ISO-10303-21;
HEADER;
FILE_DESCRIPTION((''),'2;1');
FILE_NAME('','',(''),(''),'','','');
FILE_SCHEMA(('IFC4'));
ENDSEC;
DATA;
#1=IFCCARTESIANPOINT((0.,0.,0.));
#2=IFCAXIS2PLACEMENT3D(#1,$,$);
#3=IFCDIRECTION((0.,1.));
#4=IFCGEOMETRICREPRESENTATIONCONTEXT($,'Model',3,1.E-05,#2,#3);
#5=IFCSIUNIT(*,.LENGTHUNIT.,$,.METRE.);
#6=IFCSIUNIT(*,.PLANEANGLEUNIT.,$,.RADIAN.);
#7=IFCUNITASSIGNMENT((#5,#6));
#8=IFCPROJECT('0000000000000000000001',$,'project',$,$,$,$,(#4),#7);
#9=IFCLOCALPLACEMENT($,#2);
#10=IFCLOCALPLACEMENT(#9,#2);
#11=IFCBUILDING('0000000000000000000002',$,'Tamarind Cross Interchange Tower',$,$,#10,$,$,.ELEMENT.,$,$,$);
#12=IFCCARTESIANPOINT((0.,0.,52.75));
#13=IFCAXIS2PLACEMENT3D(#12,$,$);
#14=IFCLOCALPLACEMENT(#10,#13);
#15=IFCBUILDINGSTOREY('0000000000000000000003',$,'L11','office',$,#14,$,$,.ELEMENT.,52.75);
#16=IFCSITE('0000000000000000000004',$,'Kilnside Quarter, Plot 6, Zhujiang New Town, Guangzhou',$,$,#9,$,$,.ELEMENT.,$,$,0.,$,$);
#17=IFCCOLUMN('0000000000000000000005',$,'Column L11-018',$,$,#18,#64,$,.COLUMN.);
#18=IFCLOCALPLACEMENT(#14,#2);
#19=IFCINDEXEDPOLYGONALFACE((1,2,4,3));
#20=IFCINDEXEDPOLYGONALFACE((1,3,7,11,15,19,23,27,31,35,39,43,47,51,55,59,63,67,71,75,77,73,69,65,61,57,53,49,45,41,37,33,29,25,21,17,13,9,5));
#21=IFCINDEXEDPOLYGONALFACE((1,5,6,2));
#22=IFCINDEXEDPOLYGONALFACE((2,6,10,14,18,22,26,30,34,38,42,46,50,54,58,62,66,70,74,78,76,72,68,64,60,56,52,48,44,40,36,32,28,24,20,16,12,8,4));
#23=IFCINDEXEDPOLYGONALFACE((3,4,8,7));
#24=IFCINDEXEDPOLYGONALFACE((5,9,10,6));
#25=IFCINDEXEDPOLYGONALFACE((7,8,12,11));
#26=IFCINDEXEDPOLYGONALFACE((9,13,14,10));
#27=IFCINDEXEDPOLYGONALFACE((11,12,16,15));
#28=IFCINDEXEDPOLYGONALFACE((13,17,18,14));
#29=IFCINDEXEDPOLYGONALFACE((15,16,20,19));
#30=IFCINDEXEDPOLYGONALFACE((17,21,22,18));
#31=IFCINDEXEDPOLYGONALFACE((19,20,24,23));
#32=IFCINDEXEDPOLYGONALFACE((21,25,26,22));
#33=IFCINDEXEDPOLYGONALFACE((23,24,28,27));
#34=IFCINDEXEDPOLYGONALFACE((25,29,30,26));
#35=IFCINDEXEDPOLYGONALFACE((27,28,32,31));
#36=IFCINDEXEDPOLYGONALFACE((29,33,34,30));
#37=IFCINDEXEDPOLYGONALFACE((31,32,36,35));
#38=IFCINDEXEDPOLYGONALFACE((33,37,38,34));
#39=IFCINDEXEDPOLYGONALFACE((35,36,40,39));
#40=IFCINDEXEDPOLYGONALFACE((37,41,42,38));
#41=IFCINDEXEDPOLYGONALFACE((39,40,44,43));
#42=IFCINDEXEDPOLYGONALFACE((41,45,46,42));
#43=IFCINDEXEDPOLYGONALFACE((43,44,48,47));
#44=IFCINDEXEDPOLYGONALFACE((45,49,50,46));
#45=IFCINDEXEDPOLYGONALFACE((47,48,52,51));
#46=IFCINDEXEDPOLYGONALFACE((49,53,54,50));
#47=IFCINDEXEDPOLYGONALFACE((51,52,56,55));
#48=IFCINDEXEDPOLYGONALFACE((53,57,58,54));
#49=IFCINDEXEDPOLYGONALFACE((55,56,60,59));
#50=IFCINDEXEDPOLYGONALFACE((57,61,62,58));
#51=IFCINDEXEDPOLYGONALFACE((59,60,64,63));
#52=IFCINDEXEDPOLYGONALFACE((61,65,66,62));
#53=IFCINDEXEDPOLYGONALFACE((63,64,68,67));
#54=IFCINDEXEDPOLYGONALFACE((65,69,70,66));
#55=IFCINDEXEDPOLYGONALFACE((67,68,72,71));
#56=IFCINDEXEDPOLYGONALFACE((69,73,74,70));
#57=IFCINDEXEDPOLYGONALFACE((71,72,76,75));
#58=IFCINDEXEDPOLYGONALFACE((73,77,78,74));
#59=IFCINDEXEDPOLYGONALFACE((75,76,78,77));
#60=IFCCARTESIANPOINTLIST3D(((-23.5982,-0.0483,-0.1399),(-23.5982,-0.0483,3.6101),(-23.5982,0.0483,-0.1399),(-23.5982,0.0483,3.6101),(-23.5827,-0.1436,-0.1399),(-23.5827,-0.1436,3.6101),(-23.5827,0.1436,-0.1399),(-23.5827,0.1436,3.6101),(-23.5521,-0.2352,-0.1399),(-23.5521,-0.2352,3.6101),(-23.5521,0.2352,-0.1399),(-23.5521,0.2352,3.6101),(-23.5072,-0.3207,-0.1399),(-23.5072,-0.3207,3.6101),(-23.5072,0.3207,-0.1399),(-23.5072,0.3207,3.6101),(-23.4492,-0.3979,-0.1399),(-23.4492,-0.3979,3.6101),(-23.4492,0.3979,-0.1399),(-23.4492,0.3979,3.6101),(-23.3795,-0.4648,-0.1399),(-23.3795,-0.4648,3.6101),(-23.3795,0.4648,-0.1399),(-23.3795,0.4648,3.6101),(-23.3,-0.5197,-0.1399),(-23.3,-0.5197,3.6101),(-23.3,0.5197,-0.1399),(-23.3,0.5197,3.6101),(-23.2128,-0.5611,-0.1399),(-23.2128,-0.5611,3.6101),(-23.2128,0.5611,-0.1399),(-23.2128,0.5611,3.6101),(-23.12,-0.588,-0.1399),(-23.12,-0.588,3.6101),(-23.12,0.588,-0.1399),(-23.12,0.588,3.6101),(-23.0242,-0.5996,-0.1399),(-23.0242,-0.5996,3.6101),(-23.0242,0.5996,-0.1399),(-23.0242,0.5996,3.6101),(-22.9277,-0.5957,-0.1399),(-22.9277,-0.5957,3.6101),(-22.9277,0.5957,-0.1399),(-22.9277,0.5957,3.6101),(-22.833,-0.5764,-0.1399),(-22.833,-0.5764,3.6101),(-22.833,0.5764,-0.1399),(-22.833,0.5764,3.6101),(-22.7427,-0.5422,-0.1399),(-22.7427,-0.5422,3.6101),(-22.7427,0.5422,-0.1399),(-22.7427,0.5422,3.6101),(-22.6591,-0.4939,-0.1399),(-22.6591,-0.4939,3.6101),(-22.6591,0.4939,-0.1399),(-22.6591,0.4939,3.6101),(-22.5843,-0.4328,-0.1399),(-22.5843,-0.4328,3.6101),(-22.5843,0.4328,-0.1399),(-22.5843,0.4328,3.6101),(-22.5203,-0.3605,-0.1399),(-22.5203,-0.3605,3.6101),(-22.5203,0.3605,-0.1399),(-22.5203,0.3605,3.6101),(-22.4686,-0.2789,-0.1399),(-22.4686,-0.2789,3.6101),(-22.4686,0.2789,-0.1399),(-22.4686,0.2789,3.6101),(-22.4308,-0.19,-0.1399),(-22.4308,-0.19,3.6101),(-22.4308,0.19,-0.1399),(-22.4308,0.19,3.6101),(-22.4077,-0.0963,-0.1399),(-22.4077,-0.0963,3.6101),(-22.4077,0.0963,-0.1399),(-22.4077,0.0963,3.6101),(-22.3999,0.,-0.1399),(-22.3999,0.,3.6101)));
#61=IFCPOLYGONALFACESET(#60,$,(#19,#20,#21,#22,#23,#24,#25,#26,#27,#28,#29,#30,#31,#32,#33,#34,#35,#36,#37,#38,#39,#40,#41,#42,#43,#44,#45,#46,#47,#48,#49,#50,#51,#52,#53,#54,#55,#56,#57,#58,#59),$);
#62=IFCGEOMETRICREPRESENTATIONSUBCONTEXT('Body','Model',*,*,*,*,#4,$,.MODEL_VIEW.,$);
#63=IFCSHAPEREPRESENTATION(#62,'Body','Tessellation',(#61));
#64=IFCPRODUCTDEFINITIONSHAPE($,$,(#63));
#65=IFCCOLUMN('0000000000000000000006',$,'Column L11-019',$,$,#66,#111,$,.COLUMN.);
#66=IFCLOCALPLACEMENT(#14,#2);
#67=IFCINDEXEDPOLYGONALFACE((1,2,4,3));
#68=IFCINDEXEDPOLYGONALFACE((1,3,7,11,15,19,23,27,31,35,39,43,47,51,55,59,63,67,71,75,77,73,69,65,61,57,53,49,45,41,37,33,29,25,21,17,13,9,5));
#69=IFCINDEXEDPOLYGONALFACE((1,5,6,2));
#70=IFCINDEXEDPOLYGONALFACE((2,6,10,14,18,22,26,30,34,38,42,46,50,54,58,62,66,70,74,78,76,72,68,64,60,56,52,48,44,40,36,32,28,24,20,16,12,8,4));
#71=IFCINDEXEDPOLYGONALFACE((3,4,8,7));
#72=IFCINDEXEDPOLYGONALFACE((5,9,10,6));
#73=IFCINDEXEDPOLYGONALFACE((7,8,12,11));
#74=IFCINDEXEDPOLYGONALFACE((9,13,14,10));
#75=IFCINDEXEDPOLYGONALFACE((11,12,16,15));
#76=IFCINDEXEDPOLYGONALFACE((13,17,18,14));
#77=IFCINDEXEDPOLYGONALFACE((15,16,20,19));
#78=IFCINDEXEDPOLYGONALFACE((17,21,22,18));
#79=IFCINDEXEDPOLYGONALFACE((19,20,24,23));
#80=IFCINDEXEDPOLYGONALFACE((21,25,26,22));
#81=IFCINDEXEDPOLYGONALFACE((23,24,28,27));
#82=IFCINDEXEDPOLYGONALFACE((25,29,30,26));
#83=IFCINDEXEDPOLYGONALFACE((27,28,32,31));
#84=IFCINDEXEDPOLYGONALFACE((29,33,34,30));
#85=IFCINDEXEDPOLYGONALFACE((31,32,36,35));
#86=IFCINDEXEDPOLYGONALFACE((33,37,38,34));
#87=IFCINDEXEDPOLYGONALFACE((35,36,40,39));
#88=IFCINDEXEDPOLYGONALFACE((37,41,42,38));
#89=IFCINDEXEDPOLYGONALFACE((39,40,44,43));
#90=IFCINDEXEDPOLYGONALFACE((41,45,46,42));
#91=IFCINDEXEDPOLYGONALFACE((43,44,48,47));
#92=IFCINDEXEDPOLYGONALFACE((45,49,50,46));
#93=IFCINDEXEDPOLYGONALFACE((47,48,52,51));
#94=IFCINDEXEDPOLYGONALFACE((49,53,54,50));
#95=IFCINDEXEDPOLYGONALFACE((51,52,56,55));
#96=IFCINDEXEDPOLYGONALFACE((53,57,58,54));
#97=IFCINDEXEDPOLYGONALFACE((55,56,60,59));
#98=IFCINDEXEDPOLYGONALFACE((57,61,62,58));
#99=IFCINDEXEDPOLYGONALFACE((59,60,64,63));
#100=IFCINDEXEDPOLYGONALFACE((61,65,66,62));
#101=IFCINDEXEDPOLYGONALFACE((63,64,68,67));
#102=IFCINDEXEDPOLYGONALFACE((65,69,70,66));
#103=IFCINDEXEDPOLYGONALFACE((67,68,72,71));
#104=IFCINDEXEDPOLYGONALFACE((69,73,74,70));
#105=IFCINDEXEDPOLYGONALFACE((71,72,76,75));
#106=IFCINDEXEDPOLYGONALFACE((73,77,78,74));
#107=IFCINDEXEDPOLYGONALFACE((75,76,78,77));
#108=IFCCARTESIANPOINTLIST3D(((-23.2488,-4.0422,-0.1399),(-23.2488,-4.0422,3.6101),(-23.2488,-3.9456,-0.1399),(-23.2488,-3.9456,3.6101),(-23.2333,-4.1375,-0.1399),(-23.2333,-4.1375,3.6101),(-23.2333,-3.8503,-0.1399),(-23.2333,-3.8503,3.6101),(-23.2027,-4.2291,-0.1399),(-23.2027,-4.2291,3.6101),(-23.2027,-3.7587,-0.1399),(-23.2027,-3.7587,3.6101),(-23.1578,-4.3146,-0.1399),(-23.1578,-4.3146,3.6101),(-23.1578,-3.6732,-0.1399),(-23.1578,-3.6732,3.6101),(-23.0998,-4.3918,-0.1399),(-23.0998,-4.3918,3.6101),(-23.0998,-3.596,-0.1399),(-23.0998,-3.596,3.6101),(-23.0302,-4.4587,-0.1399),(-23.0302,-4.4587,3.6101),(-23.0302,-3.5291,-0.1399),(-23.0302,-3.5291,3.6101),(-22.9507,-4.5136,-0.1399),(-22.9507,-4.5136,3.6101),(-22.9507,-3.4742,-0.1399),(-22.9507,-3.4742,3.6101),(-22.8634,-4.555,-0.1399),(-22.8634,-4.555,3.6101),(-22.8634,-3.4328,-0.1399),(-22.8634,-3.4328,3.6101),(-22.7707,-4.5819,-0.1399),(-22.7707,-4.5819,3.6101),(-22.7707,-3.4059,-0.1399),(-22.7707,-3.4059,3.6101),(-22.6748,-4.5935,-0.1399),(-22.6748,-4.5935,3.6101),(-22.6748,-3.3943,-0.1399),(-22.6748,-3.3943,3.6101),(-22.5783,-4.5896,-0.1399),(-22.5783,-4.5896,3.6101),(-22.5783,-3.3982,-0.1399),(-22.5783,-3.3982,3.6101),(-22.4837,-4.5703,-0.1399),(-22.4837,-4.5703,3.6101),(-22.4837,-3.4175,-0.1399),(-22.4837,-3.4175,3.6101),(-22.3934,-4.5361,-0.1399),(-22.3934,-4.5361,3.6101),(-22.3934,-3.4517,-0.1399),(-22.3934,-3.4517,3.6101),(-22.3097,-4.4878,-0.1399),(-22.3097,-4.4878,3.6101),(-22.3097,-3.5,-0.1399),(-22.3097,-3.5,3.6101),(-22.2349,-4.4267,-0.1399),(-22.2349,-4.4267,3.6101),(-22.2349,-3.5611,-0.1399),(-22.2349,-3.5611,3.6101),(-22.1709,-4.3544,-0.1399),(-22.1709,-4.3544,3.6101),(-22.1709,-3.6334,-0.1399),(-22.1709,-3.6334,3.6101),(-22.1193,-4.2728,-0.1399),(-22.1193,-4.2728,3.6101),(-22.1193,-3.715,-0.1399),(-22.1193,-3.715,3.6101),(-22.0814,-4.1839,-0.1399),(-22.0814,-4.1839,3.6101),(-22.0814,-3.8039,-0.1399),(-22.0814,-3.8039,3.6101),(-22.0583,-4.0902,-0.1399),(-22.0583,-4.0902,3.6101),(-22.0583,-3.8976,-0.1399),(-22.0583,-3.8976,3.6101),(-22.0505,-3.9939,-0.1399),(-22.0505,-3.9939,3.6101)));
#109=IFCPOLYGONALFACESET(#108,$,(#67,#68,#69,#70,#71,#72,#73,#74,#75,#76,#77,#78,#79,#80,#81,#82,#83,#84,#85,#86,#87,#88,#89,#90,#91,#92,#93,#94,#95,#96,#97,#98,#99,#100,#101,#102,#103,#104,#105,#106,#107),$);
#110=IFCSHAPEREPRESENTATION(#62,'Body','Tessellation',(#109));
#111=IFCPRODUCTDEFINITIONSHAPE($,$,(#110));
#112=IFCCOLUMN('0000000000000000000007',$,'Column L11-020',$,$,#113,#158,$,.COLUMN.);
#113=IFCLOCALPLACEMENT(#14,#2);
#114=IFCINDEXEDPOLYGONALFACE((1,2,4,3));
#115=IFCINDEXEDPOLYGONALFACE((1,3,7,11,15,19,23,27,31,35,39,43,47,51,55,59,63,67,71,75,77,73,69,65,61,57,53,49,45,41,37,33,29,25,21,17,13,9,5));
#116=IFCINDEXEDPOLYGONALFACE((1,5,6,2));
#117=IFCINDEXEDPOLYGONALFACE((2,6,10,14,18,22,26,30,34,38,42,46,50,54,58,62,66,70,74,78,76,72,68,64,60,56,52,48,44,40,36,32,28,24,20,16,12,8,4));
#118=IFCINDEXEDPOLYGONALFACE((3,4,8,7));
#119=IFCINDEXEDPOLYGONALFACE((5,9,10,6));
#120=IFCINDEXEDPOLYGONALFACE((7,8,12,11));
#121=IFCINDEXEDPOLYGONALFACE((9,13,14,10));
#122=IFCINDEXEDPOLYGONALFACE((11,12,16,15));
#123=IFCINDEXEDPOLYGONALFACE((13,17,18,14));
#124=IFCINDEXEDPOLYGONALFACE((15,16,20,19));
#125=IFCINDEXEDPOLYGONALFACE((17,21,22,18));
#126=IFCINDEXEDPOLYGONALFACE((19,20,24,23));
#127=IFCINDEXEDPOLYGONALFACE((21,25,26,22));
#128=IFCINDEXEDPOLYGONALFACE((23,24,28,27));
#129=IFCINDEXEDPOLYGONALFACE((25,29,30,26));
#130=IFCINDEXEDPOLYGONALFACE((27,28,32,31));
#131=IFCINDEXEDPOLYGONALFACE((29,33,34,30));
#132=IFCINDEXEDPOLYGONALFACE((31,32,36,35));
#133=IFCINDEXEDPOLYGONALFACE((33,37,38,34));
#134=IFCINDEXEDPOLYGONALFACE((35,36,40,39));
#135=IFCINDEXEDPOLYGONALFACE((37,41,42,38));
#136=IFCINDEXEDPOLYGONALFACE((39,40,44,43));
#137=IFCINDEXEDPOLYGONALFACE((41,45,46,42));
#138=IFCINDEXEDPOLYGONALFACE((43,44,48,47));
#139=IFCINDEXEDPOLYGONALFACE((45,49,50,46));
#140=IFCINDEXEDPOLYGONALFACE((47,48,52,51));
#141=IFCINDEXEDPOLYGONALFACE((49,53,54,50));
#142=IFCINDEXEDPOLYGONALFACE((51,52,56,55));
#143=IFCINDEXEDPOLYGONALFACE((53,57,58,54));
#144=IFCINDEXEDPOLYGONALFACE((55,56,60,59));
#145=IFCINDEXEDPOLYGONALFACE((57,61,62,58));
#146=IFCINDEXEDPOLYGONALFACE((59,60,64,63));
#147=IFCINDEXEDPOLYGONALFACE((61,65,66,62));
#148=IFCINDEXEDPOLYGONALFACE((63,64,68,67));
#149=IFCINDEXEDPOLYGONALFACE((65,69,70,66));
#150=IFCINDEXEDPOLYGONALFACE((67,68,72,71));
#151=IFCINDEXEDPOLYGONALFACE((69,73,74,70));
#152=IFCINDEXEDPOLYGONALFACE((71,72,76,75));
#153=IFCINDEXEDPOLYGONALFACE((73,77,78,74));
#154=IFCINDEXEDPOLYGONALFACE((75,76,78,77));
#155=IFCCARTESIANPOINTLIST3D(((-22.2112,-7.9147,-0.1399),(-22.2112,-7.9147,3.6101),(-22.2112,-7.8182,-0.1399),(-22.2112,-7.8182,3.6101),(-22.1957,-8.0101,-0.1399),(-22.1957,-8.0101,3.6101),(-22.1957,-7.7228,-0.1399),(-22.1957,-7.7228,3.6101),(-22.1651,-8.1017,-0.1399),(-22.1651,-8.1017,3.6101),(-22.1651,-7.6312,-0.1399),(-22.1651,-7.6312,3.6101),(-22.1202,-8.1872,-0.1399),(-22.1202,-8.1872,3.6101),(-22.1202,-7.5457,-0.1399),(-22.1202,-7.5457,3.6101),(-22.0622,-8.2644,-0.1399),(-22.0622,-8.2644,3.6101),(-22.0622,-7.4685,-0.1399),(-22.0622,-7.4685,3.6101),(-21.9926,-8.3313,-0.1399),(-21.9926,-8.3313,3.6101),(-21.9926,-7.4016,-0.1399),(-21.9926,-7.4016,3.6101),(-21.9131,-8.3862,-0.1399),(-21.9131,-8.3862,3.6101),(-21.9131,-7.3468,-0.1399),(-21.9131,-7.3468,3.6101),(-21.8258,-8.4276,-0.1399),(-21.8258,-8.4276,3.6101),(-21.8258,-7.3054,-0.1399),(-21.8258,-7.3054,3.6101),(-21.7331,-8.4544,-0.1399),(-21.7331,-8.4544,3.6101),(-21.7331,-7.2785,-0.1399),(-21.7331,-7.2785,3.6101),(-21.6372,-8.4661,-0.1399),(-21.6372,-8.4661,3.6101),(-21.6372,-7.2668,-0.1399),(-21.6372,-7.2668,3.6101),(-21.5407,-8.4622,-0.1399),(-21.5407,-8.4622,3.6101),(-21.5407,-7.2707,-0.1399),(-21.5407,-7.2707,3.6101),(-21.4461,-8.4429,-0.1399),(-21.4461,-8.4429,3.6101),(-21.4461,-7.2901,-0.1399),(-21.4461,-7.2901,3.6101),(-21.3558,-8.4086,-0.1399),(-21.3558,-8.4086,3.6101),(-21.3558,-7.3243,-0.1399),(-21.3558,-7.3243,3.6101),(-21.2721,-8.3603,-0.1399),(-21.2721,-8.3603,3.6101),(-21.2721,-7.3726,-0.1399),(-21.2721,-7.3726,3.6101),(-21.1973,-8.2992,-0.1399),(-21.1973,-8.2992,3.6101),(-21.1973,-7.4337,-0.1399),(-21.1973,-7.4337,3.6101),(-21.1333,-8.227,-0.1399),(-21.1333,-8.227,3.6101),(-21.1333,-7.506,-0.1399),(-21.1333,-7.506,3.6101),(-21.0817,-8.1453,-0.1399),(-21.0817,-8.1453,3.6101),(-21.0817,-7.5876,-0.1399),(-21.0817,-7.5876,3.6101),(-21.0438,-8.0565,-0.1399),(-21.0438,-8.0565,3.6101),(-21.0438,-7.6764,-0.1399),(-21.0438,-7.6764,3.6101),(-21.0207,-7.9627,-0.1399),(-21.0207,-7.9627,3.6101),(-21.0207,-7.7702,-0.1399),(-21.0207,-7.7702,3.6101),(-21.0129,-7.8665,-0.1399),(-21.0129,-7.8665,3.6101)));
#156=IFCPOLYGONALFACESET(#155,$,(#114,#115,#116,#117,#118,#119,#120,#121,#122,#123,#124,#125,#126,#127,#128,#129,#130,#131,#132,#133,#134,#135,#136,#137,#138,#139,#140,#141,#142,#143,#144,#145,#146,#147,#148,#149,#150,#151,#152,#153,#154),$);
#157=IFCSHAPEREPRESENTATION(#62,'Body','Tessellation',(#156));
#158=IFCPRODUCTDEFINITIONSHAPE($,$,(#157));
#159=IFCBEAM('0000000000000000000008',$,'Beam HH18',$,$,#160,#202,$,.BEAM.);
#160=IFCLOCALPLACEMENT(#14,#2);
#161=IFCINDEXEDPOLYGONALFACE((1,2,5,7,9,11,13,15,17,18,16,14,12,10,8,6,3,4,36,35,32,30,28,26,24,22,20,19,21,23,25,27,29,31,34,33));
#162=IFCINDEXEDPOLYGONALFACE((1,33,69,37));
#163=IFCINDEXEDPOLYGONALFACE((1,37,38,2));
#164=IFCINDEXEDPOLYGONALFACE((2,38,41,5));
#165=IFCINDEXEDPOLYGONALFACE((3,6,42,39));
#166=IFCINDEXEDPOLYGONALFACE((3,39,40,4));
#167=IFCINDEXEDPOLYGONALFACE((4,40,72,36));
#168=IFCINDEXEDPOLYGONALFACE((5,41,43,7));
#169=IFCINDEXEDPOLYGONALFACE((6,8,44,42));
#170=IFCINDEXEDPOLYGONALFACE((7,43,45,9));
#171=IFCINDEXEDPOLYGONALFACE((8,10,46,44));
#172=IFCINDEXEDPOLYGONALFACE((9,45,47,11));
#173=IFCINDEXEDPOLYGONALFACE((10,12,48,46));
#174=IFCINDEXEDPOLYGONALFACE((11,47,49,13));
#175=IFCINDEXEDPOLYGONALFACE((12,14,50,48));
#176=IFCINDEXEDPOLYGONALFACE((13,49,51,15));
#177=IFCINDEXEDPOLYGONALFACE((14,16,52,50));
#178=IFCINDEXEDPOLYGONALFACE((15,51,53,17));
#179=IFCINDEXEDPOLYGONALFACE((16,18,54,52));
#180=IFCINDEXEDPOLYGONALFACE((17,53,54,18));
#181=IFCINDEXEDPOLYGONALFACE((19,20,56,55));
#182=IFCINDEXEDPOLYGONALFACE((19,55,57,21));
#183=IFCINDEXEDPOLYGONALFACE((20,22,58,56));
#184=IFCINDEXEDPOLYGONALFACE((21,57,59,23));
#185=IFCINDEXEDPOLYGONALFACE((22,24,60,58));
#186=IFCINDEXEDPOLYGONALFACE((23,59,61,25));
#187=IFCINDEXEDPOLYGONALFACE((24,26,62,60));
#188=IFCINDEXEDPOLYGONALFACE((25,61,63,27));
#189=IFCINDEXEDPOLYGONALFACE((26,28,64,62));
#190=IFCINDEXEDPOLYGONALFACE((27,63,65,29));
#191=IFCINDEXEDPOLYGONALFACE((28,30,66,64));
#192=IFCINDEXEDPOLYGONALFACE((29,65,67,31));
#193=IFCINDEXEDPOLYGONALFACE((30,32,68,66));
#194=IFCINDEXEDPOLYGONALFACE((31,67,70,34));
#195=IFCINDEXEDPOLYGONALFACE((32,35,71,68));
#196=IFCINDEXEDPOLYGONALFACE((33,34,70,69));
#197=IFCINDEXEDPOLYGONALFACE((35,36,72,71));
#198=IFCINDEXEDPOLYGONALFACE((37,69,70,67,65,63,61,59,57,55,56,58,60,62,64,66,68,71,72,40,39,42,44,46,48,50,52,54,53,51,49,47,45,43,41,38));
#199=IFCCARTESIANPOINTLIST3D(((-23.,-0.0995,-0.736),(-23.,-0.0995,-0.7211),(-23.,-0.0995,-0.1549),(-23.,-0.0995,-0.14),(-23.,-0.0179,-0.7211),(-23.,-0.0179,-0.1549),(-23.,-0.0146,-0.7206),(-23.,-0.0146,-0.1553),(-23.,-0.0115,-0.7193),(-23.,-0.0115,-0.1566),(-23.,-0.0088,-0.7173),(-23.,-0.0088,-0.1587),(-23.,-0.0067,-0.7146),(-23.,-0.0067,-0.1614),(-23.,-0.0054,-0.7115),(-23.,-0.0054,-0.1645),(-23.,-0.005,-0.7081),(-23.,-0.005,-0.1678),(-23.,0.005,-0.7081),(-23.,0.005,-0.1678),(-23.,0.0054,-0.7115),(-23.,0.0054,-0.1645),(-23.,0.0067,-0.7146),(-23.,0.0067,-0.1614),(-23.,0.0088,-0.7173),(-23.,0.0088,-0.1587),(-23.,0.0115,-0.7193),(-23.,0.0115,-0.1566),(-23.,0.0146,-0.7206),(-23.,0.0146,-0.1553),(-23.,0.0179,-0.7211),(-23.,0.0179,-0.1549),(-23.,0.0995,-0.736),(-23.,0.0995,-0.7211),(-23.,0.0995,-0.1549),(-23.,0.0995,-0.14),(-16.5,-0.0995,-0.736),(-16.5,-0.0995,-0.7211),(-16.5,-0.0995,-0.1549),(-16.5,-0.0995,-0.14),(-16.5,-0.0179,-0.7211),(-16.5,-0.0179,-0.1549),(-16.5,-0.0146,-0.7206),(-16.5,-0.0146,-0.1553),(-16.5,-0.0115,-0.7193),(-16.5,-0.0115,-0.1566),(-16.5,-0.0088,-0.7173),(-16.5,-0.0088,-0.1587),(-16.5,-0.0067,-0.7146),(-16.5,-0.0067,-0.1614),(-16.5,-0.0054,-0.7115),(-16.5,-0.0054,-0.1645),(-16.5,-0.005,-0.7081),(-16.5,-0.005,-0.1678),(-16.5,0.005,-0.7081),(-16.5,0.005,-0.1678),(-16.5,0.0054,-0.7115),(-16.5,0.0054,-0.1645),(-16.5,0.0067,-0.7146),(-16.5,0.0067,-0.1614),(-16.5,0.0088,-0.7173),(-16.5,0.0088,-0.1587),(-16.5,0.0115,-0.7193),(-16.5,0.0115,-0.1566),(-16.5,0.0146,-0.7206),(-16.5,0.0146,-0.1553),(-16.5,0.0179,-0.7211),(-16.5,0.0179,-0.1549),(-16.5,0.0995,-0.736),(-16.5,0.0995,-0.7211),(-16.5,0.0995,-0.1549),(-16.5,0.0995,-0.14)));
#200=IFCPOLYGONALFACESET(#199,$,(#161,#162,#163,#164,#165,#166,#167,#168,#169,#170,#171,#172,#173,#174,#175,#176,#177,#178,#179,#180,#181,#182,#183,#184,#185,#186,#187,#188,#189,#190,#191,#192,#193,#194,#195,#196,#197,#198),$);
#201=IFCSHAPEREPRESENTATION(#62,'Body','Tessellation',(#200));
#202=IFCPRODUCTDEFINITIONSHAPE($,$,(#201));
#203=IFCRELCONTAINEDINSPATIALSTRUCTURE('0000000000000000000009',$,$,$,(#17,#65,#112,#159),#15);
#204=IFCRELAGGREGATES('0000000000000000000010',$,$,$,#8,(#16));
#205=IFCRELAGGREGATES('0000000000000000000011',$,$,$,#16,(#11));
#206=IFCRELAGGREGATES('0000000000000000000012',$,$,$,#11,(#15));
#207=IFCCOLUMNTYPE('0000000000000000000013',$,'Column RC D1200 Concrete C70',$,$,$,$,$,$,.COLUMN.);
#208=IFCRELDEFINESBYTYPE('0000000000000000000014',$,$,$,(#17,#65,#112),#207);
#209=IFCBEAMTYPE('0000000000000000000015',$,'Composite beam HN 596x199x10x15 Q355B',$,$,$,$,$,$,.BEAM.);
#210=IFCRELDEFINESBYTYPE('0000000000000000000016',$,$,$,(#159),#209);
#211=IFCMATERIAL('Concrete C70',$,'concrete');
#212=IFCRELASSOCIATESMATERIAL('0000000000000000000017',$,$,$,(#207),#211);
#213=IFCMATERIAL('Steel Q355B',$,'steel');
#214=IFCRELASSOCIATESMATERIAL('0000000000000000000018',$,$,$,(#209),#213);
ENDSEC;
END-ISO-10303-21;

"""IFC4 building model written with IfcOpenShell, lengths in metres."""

from ifc_helpers import new_model, si_unit, direction, frame, origin, origin_2d, place, context, subcontext, project, spatial, circle, i_section, extrude, material, material_profile, profile_set, type_object, element, save


model = new_model("IFC4")

# Units and contexts
model_context = context("Model", 3, precision=1e-05, world=origin(), true_north=direction((0.0, 1.0)))
body_context = subcontext(model_context, "Body", "Model", "MODEL_VIEW")
ifc_project = project(units=[si_unit("LENGTHUNIT", "METRE"), si_unit("PLANEANGLEUNIT", "RADIAN")], contexts=[model_context])

# Site, building, storey
site_placement = place(None, origin())
site = spatial("IfcSite", under=ifc_project, at=site_placement, Name="Kilnside Quarter, Plot 6, Zhujiang New Town, Guangzhou", CompositionType="ELEMENT", RefElevation=0.0)
building_placement = place(site_placement, origin())
building = spatial("IfcBuilding", under=site, at=building_placement, Name="Tamarind Cross Interchange Tower", CompositionType="ELEMENT")
storey_placement = place(building_placement, frame((0.0, 0.0, 52.75)))
storey = spatial("IfcBuildingStorey", under=building, at=storey_placement, Name="L11", Description="office", CompositionType="ELEMENT", Elevation=52.75)

# Columns
ifc_material_1 = material(Name="Concrete C70", Category="concrete")
ifc_material_profile_1 = material_profile(ifc_material_1, circle(Radius=0.6001, at=origin_2d()), Name="RC D1200")
ifc_profile_set_1 = profile_set([ifc_material_profile_1], Name="Concrete C70")
column_type = type_object("IfcColumnType", Name="Column RC D1200 Concrete C70", PredefinedType="COLUMN", material=ifc_profile_set_1)
for number, where, z_axis, x_axis, name in (
    (1, (-23.0, 0.0, -0.1399), (0.0, 0.0, 1.0), (1.0, 0.0, 0.0), "Column L11-018"),
    (2, (-22.6506, -3.9939, -0.1399), (0.0, 0.0, 1.0), (1.0, 0.0, 0.0), "Column L11-019"),
    (3, (-21.613, -7.8665, -0.1399), (0.0, 0.0, 1.0), (1.0, 0.0, 0.0), "Column L11-020"),
):
    element("IfcColumn", number, at=place(storey_placement, frame(where, z_axis=z_axis, x_axis=x_axis)), inside=storey, type_object=column_type, Name=name, PredefinedType="COLUMN", context=body_context, shape_type="SweptSolid", body=[
        extrude(circle(Radius=0.6001, at=origin_2d()), origin(), (0.0, 0.0, 1.0), 3.75),
    ])

# Beam
ifc_material_2 = material(Name="Steel Q355B", Category="steel")
ifc_material_profile_2 = material_profile(ifc_material_2, i_section(OverallWidth=0.199, OverallDepth=0.5959, WebThickness=0.01, FlangeThickness=0.0149, FilletRadius=0.0129, at=origin_2d()), Name="HN 596x199x10x15")
ifc_profile_set_2 = profile_set([ifc_material_profile_2], Name="Steel Q355B")
beam_type = type_object("IfcBeamType", Name="Composite beam HN 596x199x10x15 Q355B", PredefinedType="BEAM", material=ifc_profile_set_2)
beam_1_placement = place(storey_placement, frame((-23.0, 0.0, -0.438), z_axis=(1.0, 0.0, 0.0), x_axis=(0.0, 1.0, 0.0)))
element("IfcBeam", 4, at=beam_1_placement, inside=storey, type_object=beam_type, Name="Beam HH18", PredefinedType="BEAM", context=body_context, shape_type="SweptSolid", body=[
    extrude(i_section(OverallWidth=0.199, OverallDepth=0.5959, WebThickness=0.01, FlangeThickness=0.0149, FilletRadius=0.0129, at=origin_2d()), origin(), (0.0, 0.0, 1.0), 6.5),
])

save(model, "model.ifc")
